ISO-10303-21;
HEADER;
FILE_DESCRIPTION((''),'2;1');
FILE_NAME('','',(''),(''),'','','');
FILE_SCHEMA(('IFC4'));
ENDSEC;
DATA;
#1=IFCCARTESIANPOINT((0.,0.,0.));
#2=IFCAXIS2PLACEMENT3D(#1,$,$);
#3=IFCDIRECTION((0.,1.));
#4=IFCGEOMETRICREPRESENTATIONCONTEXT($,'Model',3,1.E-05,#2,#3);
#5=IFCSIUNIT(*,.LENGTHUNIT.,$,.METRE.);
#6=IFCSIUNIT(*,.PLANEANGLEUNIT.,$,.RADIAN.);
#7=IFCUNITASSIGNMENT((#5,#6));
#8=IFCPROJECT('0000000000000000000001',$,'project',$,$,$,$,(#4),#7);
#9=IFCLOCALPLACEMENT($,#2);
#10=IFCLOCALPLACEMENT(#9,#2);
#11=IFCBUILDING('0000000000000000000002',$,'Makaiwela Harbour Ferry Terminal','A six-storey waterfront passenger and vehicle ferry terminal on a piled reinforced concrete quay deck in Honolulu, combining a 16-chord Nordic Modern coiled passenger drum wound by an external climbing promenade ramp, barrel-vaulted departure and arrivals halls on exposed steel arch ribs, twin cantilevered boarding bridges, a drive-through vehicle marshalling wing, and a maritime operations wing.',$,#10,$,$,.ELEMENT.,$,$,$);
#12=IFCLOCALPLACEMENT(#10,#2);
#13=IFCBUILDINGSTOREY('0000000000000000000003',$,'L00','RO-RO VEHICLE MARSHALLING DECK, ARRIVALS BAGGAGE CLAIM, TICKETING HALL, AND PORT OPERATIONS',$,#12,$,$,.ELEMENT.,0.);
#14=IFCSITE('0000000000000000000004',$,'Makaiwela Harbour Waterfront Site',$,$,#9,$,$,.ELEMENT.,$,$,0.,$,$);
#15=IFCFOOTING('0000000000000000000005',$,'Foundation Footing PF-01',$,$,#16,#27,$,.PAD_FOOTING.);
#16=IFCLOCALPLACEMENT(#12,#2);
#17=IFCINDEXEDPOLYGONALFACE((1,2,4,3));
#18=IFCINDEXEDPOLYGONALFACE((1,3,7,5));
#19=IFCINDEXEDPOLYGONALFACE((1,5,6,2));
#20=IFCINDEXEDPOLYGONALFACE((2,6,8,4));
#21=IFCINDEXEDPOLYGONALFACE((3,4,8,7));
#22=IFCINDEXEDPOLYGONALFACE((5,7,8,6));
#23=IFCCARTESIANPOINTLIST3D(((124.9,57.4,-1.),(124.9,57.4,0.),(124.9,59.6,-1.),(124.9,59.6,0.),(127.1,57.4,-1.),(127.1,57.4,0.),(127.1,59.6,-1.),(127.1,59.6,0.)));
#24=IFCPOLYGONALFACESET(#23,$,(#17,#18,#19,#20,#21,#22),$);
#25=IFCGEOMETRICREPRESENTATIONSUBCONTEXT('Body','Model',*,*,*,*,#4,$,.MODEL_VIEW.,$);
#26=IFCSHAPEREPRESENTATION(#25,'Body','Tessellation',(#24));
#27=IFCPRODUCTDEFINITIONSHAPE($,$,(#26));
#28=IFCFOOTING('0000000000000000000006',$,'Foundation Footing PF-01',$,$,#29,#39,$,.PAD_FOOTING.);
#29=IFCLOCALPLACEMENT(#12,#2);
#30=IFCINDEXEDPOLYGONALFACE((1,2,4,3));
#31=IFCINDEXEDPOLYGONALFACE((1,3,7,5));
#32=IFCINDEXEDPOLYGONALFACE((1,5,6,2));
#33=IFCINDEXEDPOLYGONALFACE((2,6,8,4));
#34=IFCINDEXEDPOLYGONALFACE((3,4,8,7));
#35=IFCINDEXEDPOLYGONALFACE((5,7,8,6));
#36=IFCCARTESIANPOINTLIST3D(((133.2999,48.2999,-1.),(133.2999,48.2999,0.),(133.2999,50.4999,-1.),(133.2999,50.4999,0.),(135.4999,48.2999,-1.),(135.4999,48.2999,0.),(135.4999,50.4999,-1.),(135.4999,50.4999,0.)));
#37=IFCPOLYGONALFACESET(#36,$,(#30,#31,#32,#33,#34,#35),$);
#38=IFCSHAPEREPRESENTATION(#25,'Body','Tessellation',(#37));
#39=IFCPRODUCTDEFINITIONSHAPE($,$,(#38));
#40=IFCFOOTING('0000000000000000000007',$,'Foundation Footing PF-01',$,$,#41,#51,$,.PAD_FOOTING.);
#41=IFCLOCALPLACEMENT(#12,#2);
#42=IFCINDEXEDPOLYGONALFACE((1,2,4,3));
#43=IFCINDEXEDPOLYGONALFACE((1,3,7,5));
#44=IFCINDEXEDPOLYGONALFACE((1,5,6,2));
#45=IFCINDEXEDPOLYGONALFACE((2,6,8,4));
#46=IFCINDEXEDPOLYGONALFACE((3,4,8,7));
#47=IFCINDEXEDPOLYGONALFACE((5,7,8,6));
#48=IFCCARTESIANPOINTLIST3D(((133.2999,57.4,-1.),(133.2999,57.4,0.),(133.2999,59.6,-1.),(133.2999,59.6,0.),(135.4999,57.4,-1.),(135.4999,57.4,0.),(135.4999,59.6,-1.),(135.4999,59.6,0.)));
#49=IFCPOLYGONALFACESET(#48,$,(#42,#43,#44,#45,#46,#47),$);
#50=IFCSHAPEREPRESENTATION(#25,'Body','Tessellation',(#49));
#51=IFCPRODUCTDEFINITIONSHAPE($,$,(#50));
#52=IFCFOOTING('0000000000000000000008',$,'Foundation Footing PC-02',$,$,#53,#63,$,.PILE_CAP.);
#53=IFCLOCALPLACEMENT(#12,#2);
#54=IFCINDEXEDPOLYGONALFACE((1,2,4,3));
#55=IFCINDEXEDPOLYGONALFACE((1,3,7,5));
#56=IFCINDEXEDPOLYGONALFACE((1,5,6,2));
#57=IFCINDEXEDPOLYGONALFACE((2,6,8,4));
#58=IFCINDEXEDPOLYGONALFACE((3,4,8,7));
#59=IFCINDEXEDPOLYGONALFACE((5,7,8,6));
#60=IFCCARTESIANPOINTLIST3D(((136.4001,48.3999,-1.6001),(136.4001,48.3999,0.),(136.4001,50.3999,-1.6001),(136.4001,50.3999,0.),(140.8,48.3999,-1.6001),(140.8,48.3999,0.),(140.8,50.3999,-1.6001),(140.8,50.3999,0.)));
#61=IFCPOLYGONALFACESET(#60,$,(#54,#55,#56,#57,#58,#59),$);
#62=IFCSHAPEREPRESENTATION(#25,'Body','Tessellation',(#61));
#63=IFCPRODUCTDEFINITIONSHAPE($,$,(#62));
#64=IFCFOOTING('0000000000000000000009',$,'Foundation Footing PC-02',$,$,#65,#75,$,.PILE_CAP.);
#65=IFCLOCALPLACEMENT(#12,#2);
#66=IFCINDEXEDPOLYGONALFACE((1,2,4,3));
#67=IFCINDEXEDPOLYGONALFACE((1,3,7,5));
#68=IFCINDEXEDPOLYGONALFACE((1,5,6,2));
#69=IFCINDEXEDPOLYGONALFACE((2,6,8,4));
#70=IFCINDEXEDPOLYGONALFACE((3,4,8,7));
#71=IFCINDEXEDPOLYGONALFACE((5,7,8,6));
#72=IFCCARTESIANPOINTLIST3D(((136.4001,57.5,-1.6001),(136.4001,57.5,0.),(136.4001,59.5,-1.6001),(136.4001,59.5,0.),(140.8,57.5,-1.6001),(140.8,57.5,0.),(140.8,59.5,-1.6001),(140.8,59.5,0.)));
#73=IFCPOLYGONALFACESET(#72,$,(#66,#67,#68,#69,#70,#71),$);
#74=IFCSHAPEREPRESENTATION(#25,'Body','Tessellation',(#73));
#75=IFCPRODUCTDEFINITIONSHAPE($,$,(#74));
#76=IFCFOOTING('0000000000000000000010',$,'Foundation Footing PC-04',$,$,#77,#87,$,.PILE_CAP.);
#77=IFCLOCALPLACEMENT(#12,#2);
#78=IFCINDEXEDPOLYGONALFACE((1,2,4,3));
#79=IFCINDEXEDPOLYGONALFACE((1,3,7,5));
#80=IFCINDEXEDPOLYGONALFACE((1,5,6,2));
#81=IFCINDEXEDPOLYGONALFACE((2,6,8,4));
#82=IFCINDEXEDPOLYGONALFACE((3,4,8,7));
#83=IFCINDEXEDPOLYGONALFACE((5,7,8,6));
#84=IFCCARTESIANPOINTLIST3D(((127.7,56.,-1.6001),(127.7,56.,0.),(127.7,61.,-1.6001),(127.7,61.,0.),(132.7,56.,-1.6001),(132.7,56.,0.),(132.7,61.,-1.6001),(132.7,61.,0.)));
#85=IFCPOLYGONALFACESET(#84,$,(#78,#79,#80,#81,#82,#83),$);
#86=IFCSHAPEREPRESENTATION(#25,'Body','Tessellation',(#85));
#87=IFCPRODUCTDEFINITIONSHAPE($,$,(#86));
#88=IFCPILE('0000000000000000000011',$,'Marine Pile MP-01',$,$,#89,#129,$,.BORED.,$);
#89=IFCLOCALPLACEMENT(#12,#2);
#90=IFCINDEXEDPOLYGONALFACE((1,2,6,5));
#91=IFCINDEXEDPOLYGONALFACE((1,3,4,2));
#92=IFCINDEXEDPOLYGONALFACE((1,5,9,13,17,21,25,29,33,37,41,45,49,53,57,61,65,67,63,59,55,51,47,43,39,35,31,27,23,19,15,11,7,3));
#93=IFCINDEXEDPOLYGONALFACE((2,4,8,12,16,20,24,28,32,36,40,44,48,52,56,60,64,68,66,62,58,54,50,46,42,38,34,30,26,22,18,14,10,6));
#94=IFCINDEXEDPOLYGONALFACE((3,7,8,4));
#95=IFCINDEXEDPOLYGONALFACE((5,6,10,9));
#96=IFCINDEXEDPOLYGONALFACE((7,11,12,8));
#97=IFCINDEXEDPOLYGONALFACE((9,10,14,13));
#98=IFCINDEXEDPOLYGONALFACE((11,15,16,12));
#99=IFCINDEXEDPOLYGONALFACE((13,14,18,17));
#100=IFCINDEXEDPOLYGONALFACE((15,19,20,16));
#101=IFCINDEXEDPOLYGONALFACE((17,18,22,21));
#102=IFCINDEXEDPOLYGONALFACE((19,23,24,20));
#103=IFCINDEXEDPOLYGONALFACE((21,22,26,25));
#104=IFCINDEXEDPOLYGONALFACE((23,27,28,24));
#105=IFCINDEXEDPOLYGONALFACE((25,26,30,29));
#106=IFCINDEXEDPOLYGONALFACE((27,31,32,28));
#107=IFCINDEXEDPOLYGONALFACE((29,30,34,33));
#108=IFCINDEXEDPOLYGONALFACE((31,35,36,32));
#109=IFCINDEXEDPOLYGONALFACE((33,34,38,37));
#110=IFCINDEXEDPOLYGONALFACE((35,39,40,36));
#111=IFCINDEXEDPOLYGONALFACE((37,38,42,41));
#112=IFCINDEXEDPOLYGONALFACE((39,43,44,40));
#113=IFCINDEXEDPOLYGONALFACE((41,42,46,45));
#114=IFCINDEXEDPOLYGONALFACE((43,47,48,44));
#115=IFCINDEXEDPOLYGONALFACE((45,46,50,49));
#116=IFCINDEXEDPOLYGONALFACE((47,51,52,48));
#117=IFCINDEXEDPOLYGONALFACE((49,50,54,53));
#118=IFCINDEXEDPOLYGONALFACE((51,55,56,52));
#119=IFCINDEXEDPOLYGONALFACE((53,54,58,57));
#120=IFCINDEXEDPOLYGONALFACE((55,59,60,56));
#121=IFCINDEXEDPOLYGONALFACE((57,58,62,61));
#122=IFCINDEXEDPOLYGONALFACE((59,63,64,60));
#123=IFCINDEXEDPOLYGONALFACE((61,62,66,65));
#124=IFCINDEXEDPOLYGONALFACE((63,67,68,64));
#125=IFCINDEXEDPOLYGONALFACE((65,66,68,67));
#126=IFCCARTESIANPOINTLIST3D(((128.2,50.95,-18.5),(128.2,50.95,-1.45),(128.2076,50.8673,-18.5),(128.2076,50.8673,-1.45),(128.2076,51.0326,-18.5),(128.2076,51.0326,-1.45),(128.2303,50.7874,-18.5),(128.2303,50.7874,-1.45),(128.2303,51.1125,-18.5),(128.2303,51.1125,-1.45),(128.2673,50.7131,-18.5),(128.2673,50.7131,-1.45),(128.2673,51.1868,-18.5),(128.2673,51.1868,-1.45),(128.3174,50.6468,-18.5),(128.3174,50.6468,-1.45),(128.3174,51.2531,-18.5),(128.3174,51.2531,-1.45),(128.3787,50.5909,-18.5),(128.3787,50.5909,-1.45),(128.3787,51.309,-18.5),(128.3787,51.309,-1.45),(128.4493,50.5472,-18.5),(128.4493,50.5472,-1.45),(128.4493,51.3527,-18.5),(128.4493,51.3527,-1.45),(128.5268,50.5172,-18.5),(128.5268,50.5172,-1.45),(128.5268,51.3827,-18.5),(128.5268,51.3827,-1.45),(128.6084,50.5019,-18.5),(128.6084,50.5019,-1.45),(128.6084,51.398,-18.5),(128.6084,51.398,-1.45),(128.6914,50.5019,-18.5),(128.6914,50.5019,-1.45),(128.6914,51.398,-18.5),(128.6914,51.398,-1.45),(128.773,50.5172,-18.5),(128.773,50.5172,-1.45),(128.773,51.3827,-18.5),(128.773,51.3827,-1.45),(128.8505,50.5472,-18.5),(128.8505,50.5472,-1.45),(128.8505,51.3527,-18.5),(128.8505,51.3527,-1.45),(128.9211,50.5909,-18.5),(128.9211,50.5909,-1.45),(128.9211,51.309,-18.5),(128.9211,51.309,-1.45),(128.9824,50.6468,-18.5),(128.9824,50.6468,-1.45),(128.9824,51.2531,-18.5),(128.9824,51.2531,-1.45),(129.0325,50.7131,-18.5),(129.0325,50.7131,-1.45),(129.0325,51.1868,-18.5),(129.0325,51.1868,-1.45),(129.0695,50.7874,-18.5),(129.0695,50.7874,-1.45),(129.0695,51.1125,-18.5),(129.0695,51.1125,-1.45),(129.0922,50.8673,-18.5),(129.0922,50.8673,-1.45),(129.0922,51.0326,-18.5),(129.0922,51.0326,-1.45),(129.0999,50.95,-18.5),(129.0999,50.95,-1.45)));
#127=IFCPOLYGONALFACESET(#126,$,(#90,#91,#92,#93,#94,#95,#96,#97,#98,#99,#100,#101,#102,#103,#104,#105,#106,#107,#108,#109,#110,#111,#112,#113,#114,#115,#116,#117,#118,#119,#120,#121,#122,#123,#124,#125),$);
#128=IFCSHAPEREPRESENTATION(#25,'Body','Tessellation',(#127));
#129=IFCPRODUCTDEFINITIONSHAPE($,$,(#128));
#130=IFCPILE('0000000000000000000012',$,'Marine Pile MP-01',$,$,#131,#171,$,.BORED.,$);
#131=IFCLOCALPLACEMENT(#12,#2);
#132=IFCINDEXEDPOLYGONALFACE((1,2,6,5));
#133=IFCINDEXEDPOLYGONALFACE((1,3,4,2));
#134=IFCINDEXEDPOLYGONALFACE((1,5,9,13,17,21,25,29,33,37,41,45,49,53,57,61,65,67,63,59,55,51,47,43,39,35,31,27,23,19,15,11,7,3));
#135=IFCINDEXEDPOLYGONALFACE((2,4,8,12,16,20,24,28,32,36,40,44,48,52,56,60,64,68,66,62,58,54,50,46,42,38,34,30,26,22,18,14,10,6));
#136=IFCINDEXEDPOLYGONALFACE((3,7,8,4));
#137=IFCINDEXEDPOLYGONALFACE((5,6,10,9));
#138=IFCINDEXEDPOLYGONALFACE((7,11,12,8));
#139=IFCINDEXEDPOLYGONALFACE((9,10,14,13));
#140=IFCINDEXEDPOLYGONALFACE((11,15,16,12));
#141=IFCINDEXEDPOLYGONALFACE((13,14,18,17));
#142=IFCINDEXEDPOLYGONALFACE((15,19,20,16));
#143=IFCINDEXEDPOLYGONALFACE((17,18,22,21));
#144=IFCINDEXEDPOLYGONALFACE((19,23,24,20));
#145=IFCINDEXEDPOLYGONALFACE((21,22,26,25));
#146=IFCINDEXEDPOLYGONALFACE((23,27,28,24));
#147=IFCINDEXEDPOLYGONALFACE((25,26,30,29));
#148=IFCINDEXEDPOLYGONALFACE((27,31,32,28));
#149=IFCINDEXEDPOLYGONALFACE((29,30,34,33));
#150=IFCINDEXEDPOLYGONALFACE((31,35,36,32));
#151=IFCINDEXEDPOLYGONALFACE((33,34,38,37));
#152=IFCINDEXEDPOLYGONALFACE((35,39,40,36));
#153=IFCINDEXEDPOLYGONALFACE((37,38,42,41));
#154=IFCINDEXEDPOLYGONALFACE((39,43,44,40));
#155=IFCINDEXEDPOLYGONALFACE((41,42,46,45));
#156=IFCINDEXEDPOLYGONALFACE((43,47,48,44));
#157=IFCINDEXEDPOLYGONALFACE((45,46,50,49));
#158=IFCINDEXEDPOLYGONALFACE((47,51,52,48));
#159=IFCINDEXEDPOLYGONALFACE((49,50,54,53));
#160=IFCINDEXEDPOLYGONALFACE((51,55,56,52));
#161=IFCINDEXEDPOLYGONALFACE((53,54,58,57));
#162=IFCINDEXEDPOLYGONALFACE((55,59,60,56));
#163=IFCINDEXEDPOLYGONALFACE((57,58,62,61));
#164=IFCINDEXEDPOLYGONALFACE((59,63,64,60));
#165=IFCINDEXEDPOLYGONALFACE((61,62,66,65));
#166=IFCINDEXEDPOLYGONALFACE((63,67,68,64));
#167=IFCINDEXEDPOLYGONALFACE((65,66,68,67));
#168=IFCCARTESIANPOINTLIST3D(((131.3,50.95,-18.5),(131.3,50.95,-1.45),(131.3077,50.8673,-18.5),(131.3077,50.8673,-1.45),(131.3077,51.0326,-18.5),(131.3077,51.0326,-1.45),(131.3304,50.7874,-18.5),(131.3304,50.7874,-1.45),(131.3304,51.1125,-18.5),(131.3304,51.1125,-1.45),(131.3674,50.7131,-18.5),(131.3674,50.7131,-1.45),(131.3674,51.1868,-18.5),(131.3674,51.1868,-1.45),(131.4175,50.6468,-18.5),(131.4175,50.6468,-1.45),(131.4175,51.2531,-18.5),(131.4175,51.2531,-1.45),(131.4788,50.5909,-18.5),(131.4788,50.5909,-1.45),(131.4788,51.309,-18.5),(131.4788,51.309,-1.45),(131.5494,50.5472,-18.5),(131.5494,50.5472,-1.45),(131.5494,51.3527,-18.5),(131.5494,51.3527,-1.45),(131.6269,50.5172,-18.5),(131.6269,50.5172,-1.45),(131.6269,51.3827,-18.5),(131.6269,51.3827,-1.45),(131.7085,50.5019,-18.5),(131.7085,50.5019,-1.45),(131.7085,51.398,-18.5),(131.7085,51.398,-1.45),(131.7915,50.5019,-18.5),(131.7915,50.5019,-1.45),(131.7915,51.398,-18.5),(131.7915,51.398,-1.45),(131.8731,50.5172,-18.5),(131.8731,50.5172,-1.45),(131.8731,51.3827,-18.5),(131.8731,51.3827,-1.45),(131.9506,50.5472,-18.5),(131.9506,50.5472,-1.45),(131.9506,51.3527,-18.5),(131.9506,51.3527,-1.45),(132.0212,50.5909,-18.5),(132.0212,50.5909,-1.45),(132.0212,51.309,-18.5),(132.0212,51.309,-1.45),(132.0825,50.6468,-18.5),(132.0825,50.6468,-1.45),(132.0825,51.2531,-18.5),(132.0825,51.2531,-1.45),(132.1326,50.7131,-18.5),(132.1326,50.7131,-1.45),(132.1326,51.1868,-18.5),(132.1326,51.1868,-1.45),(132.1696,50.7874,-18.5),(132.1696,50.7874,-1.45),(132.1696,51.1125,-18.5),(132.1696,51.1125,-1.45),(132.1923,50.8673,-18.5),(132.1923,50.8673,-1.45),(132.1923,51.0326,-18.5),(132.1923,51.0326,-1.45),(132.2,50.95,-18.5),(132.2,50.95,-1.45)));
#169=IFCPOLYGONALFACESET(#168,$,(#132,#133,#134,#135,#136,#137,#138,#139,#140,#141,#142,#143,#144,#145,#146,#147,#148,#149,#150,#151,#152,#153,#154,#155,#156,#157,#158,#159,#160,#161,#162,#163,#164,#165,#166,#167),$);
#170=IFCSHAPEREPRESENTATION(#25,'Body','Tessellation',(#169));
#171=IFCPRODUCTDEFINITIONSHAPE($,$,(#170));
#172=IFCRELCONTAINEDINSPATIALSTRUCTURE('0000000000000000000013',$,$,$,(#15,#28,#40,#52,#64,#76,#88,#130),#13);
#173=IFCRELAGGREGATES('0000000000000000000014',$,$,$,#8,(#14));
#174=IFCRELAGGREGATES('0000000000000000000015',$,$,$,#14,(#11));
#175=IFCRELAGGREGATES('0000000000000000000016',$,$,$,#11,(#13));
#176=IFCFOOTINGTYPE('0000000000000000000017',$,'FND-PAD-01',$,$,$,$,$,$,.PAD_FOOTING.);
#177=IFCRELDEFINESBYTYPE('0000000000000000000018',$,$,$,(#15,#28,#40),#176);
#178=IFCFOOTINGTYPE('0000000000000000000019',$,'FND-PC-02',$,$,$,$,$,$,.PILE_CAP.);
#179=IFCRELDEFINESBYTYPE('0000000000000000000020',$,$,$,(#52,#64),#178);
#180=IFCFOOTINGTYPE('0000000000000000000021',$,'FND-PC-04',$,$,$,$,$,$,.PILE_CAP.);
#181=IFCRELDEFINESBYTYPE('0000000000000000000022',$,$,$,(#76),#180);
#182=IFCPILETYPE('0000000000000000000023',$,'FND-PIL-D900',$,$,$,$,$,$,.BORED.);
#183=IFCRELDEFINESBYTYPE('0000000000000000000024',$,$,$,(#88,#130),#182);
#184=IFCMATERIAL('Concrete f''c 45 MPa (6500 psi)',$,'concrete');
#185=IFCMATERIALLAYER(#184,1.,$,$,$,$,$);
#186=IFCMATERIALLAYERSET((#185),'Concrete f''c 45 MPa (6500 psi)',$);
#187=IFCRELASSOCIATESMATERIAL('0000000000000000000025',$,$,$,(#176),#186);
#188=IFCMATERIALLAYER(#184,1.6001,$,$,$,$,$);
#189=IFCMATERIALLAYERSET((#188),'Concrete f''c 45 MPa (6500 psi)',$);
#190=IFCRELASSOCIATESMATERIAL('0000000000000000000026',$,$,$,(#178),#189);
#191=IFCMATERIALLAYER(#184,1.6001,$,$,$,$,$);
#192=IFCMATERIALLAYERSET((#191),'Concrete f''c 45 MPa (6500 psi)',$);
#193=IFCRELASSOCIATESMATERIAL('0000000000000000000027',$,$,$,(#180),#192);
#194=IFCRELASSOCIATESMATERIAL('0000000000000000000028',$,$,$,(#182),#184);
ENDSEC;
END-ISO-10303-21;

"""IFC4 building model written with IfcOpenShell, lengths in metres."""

from ifc_helpers import new_model, si_unit, direction, frame, origin, origin_2d, place, context, subcontext, project, spatial, rectangle, circle, extrude, material, layer, layer_set, material_profile, profile_set, type_object, element, save


model = new_model("IFC4")

# Units and contexts
model_context = context("Model", 3, precision=1e-05, world=origin(), true_north=direction((0.0, 1.0)))
body_context = subcontext(model_context, "Body", "Model", "MODEL_VIEW")
ifc_project = project(units=[si_unit("LENGTHUNIT", "METRE"), si_unit("PLANEANGLEUNIT", "RADIAN")], contexts=[model_context])

# Site, building, storey
site_placement = place(None, origin())
site = spatial("IfcSite", under=ifc_project, at=site_placement, Name="Makaiwela Harbour Waterfront Site", CompositionType="ELEMENT", RefElevation=0.0)
building_placement = place(site_placement, origin())
building = spatial("IfcBuilding", under=site, at=building_placement, Name="Makaiwela Harbour Ferry Terminal", Description="A six-storey waterfront passenger and vehicle ferry terminal on a piled reinforced concrete quay deck in Honolulu, combining a 16-chord Nordic Modern coiled passenger drum wound by an external climbing promenade ramp, barrel-vaulted departure and arrivals halls on exposed steel arch ribs, twin cantilevered boarding bridges, a drive-through vehicle marshalling wing, and a maritime operations wing.", CompositionType="ELEMENT")
storey_placement = place(building_placement, origin())
storey = spatial("IfcBuildingStorey", under=building, at=storey_placement, Name="L00", Description="RO-RO VEHICLE MARSHALLING DECK, ARRIVALS BAGGAGE CLAIM, TICKETING HALL, AND PORT OPERATIONS", CompositionType="ELEMENT", Elevation=0.0)

# Footings
ifc_material_1 = material(Name="Concrete f'c 45 MPa (6500 psi)", Category="concrete")
ifc_layer_1 = layer(ifc_material_1, 1.0)
ifc_layer_set_1 = layer_set([ifc_layer_1], Name="Concrete f'c 45 MPa (6500 psi)")
footing_type_1 = type_object("IfcFootingType", Name="FND-PAD-01", PredefinedType="PAD_FOOTING", material=ifc_layer_set_1)
for number, where, z_axis, x_axis, name in (
    (1, (126.0, 58.5, -1.0), (0.0, 0.0, 1.0), (1.0, 0.0, 0.0), "Foundation Footing PF-01"),
    (2, (134.3999, 49.3999, -1.0), (0.0, 0.0, 1.0), (1.0, 0.0, 0.0), "Foundation Footing PF-01"),
    (3, (134.3999, 58.5, -1.0), (0.0, 0.0, 1.0), (1.0, 0.0, 0.0), "Foundation Footing PF-01"),
):
    element("IfcFooting", number, at=place(storey_placement, frame(where, z_axis=z_axis, x_axis=x_axis)), inside=storey, type_object=footing_type_1, Name=name, PredefinedType="PAD_FOOTING", context=body_context, shape_type="SweptSolid", body=[
        extrude(rectangle(XDim=2.2, YDim=2.2, at=origin_2d()), origin(), (0.0, 0.0, 1.0), 1.0),
    ])
ifc_layer_2 = layer(ifc_material_1, 1.6001)
ifc_layer_set_2 = layer_set([ifc_layer_2], Name="Concrete f'c 45 MPa (6500 psi)")
footing_type_2 = type_object("IfcFootingType", Name="FND-PC-02", PredefinedType="PILE_CAP", material=ifc_layer_set_2)
for number, where, z_axis, x_axis, name in (
    (4, (138.6001, 49.3999, -1.6001), (0.0, 0.0, 1.0), (1.0, 0.0, 0.0), "Foundation Footing PC-02"),
    (5, (138.6001, 58.5, -1.6001), (0.0, 0.0, 1.0), (1.0, 0.0, 0.0), "Foundation Footing PC-02"),
):
    element("IfcFooting", number, at=place(storey_placement, frame(where, z_axis=z_axis, x_axis=x_axis)), inside=storey, type_object=footing_type_2, Name=name, PredefinedType="PILE_CAP", context=body_context, shape_type="SweptSolid", body=[
        extrude(rectangle(XDim=4.3999, YDim=2.0, at=origin_2d()), origin(), (0.0, 0.0, 1.0), 1.6001),
    ])
ifc_layer_3 = layer(ifc_material_1, 1.6001)
ifc_layer_set_3 = layer_set([ifc_layer_3], Name="Concrete f'c 45 MPa (6500 psi)")
footing_type_3 = type_object("IfcFootingType", Name="FND-PC-04", PredefinedType="PILE_CAP", material=ifc_layer_set_3)
footing_1_placement = place(storey_placement, frame((130.2, 58.5, -1.6001), z_axis=(0.0, 0.0, 1.0), x_axis=(1.0, 0.0, 0.0)))
element("IfcFooting", 6, at=footing_1_placement, inside=storey, type_object=footing_type_3, Name="Foundation Footing PC-04", PredefinedType="PILE_CAP", context=body_context, shape_type="SweptSolid", body=[
    extrude(rectangle(XDim=5.0, YDim=5.0, at=origin_2d()), origin(), (0.0, 0.0, 1.0), 1.6001),
])

# Piles
ifc_material_profile_1 = material_profile(ifc_material_1, circle(Radius=0.45, at=origin_2d()), Name="PILE-D900")
ifc_profile_set_1 = profile_set([ifc_material_profile_1], Name="Concrete f'c 45 MPa (6500 psi)")
pile_type = type_object("IfcPileType", Name="FND-PIL-D900", PredefinedType="BORED", material=ifc_profile_set_1)
for number, where, z_axis, x_axis, name in (
    (7, (128.6499, 50.95, -1.45), (0.0, 0.0, -1.0), (1.0, 0.0, 0.0), "Marine Pile MP-01"),
    (8, (131.75, 50.95, -1.45), (0.0, 0.0, -1.0), (1.0, 0.0, 0.0), "Marine Pile MP-01"),
):
    element("IfcPile", number, at=place(storey_placement, frame(where, z_axis=z_axis, x_axis=x_axis)), inside=storey, type_object=pile_type, Name=name, PredefinedType="BORED", context=body_context, shape_type="SweptSolid", body=[
        extrude(circle(Radius=0.45, at=origin_2d()), origin(), (0.0, 0.0, 1.0), 17.05),
    ])

save(model, "model.ifc")
